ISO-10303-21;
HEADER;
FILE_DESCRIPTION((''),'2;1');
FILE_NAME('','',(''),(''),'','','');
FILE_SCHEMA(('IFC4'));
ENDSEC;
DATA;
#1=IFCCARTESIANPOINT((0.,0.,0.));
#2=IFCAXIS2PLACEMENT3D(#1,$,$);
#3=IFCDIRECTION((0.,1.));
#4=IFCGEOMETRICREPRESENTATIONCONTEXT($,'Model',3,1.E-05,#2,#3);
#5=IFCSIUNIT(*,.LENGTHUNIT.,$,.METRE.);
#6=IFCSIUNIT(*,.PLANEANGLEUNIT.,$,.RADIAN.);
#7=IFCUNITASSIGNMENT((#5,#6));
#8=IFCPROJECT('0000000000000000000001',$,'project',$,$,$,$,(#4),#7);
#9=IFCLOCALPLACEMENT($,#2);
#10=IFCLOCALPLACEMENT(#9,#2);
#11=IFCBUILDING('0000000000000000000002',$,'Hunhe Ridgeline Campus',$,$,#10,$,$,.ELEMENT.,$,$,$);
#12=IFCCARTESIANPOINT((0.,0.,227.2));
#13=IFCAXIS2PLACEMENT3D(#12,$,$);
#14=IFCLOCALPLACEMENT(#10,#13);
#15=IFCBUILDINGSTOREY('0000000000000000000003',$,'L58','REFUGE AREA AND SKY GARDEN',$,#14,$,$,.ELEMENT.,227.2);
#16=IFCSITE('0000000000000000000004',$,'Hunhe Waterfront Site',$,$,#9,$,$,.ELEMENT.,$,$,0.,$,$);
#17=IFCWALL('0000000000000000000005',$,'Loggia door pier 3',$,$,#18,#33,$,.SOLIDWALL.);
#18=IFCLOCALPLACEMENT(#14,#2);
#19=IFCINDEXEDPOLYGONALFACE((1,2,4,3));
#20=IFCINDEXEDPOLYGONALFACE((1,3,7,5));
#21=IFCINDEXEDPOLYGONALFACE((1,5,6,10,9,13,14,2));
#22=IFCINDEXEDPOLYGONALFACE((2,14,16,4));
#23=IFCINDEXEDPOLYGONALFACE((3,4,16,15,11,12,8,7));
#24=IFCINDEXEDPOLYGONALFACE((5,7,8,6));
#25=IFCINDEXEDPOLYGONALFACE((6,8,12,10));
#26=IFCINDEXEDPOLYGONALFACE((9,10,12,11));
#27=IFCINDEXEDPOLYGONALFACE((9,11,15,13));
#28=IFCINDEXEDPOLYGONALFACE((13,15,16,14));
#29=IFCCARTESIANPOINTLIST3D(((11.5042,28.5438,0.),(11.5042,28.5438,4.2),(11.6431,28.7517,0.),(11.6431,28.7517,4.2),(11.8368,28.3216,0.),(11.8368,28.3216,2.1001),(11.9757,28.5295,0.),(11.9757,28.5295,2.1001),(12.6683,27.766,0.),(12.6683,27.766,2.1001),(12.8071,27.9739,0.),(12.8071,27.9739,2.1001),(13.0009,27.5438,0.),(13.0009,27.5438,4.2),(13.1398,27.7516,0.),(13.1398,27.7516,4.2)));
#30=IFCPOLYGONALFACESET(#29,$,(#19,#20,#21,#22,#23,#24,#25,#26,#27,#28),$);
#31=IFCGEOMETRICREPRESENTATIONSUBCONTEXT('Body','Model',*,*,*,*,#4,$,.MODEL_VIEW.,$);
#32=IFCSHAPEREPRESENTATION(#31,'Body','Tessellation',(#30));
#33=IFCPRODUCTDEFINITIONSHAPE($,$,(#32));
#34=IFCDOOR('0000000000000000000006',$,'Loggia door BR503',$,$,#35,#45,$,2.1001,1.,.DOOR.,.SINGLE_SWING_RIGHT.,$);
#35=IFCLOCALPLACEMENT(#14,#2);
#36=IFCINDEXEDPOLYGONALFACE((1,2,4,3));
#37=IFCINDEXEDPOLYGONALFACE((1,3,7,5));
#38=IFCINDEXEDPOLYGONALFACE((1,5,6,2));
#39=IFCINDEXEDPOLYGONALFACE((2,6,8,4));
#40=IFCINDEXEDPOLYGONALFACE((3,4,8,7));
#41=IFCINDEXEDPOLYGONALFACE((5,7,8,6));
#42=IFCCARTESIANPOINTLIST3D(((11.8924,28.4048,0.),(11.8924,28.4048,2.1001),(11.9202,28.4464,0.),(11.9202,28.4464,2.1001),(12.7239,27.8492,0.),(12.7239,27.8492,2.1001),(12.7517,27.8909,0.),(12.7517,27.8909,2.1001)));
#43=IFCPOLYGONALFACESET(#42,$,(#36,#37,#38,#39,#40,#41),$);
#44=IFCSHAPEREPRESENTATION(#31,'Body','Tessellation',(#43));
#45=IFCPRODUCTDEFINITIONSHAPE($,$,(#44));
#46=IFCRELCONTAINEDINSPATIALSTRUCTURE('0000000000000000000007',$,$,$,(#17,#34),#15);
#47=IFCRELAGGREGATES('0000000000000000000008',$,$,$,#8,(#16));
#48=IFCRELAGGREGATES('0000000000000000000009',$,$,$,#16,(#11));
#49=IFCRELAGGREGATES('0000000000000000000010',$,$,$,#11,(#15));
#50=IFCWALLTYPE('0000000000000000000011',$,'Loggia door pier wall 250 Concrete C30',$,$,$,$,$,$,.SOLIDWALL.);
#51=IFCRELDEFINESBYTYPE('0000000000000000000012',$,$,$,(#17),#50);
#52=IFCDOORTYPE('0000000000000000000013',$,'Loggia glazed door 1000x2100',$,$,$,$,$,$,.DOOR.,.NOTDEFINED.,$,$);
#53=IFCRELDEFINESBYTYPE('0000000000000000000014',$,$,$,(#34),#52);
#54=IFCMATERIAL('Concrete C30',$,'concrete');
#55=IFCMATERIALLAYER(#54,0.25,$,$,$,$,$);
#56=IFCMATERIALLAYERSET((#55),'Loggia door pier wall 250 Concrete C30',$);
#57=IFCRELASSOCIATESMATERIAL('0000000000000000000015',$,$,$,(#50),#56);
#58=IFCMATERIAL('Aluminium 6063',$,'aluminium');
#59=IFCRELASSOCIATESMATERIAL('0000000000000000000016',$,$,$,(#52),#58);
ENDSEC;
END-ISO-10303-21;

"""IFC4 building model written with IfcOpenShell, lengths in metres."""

from ifc_helpers import new_model, si_unit, direction, frame, frame_2d, origin, place, context, subcontext, project, spatial, rectangle, extrude, material, layer, layer_set, type_object, element, fill, save


model = new_model("IFC4")

# Units and contexts
model_context = context("Model", 3, precision=1e-05, world=origin(), true_north=direction((0.0, 1.0)))
body_context = subcontext(model_context, "Body", "Model", "MODEL_VIEW")
ifc_project = project(units=[si_unit("LENGTHUNIT", "METRE"), si_unit("PLANEANGLEUNIT", "RADIAN")], contexts=[model_context])

# Site, building, storey
site_placement = place(None, origin())
site = spatial("IfcSite", under=ifc_project, at=site_placement, Name="Hunhe Waterfront Site", CompositionType="ELEMENT", RefElevation=0.0)
building_placement = place(site_placement, origin())
building = spatial("IfcBuilding", under=site, at=building_placement, Name="Hunhe Ridgeline Campus", CompositionType="ELEMENT")
storey_placement = place(building_placement, frame((0.0, 0.0, 227.2)))
storey = spatial("IfcBuildingStorey", under=building, at=storey_placement, Name="L58", Description="REFUGE AREA AND SKY GARDEN", CompositionType="ELEMENT", Elevation=227.2)

# Shared definitions
ifc_material_1 = material(Name="Aluminium 6063", Category="aluminium")

# Wall, opening, door
ifc_material_2 = material(Name="Concrete C30", Category="concrete")
ifc_layer_1 = layer(ifc_material_2, 0.25)
ifc_layer_set_1 = layer_set([ifc_layer_1], Name="Loggia door pier wall 250 Concrete C30")
wall_type = type_object("IfcWallType", Name="Loggia door pier wall 250 Concrete C30", PredefinedType="SOLIDWALL", material=ifc_layer_set_1)
wall_placement = place(storey_placement, frame((11.5737, 28.6477, 0.0), z_axis=(0.0, 0.0, 1.0), x_axis=(0.831466, -0.555576, 0.0)))
wall = element("IfcWall", 1, at=wall_placement, inside=storey, type_object=wall_type, Name="Loggia door pier 3", PredefinedType="SOLIDWALL", context=body_context, shape_type="SweptSolid", body=[
    extrude(rectangle(XDim=1.8, YDim=0.25, at=frame_2d((0.8999, 0.0))), origin(), (0.0, 0.0, 1.0), 4.2),
])
opening_placement = place(wall_placement, frame((0.3999, 0.0, 0.0)))
opening = element("IfcOpeningElement", 2, at=opening_placement, cuts=wall, PredefinedType="OPENING", context=body_context, shape_type="SweptSolid", body=[
    extrude(rectangle(XDim=1.0, YDim=2.1001, at=frame_2d((0.5, 1.05))), frame((0.0, 0.125, 0.0), z_axis=(0.0, -1.0, 0.0), x_axis=(1.0, 0.0, 0.0)), (0.0, 0.0, 1.0), 0.25),
])
door_type = type_object("IfcDoorType", Name="Loggia glazed door 1000x2100", OperationType="NOTDEFINED", PredefinedType="DOOR", material=ifc_material_1)
door_placement = place(opening_placement, frame((1.0, 0.0, 0.0), z_axis=(0.0, 0.0, 1.0), x_axis=(-1.0, 0.0, 0.0)))
door = element("IfcDoor", 3, at=door_placement, inside=storey, type_object=door_type, Name="Loggia door BR503", OperationType="SINGLE_SWING_RIGHT", OverallHeight=2.1001, OverallWidth=1.0, PredefinedType="DOOR", context=body_context, shape_type="SweptSolid", body=[
    extrude(rectangle(XDim=1.0, YDim=2.1001, at=frame_2d((0.5, 1.05))), frame((0.0, 0.0249, 0.0), z_axis=(0.0, -1.0, 0.0), x_axis=(1.0, 0.0, 0.0)), (0.0, 0.0, 1.0), 0.05),
])
fill(opening, door)

save(model, "model.ifc")
